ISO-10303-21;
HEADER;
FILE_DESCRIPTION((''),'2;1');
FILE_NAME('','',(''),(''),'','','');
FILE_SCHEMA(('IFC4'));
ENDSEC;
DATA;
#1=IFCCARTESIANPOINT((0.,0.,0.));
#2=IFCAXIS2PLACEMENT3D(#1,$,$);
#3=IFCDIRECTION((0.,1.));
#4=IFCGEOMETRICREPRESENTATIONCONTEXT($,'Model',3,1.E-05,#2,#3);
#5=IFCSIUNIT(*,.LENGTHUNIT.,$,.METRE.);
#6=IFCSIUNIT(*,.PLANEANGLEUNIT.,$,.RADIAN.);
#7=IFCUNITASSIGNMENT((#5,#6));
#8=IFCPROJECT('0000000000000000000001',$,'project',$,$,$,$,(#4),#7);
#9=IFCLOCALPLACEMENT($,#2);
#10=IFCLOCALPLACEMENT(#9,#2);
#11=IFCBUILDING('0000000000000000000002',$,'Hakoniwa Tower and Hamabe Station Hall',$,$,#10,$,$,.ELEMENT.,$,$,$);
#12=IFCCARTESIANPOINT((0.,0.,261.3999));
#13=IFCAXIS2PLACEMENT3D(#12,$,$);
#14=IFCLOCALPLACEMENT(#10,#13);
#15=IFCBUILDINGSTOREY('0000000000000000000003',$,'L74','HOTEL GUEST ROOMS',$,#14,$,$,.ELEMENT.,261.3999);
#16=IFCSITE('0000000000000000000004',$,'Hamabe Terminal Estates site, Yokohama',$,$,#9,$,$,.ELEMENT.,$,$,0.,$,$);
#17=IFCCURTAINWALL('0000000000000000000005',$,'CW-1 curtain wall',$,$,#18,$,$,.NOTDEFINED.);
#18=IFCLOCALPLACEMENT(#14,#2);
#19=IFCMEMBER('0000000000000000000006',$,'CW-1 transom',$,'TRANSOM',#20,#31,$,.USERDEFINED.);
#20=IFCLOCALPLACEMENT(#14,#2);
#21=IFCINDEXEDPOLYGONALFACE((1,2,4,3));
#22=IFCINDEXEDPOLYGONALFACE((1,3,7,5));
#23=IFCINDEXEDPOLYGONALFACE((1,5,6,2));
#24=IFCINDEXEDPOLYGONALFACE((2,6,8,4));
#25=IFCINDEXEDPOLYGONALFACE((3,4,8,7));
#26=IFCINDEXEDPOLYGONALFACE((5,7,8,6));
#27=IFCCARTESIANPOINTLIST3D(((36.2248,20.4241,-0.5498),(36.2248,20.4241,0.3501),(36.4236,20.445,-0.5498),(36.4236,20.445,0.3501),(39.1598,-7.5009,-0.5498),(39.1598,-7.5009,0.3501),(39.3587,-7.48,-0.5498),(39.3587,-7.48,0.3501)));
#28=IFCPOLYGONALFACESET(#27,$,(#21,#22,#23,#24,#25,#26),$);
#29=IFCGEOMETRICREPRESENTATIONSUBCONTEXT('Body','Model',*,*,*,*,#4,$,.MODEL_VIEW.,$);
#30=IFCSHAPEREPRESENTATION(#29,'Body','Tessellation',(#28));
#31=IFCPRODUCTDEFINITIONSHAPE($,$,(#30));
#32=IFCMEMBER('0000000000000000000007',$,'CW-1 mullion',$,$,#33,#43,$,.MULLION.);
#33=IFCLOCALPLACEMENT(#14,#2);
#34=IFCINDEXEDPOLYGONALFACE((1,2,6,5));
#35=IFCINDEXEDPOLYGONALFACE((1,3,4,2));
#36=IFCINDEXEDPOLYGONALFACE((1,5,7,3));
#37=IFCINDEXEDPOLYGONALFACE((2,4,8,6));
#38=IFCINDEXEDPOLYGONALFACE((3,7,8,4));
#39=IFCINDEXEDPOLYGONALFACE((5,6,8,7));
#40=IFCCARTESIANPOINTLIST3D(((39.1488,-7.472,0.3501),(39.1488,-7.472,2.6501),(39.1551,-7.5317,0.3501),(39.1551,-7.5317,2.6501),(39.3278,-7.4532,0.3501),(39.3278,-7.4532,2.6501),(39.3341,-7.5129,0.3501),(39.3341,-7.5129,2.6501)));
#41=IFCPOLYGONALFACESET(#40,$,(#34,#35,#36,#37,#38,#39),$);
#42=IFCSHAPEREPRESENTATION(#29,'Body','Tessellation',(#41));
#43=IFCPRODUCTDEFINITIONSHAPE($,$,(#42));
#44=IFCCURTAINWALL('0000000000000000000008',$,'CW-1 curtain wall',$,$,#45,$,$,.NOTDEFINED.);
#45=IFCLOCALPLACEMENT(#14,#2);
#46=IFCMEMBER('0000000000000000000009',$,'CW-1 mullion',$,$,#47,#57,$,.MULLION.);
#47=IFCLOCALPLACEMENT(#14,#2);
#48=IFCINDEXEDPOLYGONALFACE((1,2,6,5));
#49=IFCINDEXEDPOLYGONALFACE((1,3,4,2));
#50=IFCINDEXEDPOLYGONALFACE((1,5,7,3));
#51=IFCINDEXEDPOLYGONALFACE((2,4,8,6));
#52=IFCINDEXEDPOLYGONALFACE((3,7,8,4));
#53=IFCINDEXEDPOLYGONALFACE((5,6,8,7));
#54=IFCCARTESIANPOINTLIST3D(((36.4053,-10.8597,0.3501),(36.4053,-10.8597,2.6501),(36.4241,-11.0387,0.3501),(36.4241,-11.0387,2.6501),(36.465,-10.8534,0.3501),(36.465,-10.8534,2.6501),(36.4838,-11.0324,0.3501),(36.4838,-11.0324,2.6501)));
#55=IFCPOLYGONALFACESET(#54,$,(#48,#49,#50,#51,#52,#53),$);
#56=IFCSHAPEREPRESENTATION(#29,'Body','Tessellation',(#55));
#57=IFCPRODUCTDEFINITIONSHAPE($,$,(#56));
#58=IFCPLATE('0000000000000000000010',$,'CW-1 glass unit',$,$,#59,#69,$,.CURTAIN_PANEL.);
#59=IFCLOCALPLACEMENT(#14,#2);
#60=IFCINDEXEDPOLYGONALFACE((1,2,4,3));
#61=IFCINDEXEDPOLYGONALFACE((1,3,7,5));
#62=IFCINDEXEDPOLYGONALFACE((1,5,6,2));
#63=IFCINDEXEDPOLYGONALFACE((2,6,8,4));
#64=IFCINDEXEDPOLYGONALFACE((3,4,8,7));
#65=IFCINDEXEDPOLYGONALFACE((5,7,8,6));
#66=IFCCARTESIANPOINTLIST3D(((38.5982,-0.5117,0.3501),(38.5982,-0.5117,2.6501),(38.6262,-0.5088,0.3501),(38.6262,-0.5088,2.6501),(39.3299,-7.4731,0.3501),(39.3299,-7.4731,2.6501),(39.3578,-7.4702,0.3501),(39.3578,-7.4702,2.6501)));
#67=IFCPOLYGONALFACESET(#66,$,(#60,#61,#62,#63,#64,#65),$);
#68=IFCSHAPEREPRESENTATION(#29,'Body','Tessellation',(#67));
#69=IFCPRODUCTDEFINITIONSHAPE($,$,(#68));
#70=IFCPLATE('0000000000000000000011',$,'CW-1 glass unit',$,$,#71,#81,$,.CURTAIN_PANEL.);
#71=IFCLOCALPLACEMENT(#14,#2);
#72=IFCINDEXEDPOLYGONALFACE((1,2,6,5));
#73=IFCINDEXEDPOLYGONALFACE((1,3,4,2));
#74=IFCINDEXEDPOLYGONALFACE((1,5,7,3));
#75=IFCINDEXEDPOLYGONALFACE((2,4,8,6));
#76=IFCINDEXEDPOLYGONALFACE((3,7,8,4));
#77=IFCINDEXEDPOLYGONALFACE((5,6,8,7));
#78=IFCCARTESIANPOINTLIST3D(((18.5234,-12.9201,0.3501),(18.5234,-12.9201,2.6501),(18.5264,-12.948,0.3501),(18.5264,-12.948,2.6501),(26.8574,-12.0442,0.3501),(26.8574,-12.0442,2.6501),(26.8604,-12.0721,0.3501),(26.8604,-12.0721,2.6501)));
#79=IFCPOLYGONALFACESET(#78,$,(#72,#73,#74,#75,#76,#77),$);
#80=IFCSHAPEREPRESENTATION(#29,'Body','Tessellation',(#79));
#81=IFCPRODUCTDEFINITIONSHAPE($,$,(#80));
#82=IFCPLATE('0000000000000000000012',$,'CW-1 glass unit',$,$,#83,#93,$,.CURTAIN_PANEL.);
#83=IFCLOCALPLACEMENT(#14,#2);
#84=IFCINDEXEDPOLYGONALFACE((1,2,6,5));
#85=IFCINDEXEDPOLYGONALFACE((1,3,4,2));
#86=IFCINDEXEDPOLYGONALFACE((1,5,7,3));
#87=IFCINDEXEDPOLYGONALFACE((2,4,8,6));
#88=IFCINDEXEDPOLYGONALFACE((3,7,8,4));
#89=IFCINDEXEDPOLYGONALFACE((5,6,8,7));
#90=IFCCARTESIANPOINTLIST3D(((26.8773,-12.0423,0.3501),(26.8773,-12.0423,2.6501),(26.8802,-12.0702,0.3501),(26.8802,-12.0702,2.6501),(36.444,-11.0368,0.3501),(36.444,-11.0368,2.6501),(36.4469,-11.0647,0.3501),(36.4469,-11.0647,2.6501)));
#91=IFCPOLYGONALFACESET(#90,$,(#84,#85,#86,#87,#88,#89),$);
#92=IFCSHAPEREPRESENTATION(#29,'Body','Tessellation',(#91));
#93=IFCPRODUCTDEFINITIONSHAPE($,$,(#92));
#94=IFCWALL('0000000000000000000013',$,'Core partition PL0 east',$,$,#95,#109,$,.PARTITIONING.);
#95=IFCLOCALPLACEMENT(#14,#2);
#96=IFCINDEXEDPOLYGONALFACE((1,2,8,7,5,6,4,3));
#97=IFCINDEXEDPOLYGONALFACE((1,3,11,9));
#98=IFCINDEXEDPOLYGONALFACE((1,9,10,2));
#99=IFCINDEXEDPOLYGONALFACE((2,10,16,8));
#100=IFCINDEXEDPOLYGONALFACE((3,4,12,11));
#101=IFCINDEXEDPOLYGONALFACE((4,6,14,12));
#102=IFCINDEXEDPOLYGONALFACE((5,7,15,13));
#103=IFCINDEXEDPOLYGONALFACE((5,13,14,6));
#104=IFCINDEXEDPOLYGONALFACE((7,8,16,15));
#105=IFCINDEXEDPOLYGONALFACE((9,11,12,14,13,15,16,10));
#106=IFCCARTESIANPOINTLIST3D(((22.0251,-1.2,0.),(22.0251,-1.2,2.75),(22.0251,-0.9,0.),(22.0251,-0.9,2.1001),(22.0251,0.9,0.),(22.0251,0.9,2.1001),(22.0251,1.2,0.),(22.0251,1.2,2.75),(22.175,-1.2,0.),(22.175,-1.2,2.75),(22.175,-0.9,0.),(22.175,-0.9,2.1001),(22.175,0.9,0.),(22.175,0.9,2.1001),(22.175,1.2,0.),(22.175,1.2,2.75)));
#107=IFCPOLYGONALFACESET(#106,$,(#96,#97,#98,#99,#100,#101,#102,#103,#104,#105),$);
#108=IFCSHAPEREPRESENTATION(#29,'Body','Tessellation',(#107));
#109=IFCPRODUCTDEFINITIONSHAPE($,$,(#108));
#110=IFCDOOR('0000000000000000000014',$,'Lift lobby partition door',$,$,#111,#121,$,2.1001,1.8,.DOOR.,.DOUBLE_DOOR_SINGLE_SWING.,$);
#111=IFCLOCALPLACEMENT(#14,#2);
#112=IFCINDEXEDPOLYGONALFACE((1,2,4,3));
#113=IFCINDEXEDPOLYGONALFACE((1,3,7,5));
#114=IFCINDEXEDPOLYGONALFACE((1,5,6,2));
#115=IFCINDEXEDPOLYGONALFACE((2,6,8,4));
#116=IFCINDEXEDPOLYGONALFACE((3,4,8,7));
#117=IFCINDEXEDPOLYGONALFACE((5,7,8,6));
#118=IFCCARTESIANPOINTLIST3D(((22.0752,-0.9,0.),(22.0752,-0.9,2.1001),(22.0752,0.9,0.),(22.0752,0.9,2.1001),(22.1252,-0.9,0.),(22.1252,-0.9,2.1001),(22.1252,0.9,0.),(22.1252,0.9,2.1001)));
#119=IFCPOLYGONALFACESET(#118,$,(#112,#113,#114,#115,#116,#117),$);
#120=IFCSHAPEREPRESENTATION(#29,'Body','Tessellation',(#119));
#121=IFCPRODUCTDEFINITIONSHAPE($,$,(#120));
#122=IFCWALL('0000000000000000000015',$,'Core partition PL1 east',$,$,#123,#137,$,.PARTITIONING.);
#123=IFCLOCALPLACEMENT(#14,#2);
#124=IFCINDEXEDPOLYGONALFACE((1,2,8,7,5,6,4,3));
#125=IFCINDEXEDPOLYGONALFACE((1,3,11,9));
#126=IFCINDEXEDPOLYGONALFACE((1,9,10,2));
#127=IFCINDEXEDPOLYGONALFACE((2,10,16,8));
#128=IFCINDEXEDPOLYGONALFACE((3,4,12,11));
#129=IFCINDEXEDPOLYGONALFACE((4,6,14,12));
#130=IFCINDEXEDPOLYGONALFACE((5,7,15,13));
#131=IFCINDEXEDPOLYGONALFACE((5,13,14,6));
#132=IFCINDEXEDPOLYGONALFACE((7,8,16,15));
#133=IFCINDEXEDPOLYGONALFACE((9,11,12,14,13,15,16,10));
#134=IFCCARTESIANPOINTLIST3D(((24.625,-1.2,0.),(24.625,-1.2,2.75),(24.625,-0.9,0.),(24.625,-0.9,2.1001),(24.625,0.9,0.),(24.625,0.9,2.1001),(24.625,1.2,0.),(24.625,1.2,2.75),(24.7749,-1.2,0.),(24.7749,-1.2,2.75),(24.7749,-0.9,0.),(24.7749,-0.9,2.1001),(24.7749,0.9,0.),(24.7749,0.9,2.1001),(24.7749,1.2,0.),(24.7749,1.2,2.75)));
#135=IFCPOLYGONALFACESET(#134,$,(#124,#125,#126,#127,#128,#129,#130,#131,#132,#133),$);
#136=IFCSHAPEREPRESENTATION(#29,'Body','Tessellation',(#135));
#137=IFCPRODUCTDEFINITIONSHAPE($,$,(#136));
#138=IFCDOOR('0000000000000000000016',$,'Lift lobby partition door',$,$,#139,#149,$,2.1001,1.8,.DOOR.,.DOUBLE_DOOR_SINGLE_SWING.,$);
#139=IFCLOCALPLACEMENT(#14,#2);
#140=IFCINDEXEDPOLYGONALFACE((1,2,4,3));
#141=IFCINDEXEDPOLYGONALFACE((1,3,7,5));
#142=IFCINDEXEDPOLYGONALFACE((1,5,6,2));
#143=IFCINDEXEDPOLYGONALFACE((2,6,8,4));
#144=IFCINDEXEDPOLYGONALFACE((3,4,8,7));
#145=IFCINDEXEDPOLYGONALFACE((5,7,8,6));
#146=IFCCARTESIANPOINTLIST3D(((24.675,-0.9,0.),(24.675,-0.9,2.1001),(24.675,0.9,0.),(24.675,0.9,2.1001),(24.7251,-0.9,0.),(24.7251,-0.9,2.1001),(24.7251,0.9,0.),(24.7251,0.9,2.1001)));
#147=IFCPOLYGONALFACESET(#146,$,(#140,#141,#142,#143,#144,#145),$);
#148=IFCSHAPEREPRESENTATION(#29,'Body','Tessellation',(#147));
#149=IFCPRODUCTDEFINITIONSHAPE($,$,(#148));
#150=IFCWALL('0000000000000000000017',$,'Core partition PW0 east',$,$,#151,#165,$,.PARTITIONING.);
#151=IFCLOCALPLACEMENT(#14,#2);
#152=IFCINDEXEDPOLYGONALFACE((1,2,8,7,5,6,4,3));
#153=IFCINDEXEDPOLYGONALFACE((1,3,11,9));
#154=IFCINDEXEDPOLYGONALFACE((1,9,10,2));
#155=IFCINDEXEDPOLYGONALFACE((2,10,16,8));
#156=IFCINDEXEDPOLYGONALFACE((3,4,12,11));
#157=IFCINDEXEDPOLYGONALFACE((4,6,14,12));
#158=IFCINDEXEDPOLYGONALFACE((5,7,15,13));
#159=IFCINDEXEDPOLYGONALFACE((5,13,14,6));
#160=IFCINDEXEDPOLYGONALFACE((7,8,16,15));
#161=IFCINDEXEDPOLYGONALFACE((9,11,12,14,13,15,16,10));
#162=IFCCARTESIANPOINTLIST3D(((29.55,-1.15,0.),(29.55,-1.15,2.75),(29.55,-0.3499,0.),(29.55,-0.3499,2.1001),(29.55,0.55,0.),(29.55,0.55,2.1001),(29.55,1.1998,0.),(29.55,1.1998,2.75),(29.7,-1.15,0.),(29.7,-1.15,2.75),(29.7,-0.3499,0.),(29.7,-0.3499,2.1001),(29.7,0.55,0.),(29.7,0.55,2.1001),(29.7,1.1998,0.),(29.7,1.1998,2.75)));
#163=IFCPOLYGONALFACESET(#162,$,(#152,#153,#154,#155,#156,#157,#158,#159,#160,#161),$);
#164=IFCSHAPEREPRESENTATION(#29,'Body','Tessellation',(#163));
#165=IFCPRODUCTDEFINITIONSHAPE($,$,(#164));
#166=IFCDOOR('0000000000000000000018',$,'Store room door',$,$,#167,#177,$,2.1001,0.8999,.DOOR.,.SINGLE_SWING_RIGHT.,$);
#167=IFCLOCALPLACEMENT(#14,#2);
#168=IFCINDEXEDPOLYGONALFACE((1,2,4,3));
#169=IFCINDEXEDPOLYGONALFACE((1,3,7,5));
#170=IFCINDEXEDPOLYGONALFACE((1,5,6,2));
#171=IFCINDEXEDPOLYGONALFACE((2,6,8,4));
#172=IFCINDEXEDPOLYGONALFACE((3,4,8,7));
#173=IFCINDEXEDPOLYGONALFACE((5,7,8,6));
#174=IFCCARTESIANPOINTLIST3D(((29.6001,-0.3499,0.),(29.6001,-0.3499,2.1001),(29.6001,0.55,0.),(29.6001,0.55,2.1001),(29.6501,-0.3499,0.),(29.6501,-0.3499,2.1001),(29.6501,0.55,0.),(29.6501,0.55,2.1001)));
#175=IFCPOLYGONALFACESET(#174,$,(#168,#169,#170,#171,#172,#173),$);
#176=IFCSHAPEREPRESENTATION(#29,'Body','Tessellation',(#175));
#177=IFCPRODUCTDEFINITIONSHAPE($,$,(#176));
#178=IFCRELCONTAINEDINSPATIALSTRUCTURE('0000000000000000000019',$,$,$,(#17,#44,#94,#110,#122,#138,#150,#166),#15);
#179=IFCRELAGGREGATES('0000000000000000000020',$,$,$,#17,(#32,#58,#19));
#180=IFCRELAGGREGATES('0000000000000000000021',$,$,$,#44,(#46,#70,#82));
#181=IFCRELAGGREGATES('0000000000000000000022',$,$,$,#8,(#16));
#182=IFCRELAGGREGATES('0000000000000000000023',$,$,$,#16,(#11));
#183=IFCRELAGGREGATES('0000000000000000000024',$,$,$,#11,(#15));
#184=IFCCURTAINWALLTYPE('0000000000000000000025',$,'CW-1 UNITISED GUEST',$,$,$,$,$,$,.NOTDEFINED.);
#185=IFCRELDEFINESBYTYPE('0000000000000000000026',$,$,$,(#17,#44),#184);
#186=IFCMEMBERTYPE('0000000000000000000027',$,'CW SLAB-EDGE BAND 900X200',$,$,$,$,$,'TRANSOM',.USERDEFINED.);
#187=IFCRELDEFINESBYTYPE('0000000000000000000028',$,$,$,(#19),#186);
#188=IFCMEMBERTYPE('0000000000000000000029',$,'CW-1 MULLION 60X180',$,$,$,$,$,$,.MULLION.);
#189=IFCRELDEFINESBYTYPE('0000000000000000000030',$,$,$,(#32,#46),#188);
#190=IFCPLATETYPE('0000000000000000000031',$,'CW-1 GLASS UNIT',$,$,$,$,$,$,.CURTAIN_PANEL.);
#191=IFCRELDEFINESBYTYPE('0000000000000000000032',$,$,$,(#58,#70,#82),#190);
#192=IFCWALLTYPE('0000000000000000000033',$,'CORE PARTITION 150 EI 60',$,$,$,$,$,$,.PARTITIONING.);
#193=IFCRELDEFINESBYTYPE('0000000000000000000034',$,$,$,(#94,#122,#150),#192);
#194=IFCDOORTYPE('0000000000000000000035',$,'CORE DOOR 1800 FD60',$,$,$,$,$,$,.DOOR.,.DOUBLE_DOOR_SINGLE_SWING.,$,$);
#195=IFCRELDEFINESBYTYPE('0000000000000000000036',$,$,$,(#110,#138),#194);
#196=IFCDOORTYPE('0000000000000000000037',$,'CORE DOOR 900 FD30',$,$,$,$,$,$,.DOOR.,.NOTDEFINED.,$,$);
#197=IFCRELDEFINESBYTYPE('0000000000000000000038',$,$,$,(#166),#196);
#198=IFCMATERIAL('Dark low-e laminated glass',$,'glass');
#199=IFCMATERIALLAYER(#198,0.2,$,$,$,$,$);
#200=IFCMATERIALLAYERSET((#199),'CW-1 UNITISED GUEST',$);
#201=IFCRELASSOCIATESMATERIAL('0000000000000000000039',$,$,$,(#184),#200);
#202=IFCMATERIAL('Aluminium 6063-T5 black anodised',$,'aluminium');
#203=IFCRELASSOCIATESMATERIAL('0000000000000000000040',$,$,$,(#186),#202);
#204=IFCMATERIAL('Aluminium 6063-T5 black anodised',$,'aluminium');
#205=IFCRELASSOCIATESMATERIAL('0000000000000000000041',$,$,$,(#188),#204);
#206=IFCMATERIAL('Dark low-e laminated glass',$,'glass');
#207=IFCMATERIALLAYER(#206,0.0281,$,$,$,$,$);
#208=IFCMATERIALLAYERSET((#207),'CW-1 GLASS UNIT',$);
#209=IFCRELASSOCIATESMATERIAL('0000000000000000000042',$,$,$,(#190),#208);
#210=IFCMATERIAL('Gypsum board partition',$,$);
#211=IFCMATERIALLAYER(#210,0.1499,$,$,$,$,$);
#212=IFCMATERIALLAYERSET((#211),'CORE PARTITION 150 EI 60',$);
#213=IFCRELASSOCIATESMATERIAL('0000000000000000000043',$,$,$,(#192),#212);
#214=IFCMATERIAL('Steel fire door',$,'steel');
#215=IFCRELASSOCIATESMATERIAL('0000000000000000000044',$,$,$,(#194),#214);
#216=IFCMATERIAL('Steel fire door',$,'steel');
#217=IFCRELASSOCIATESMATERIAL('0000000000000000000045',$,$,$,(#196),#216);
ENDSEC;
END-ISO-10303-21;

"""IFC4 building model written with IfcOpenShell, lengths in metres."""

from ifc_helpers import new_model, si_unit, direction, frame, frame_2d, origin, origin_2d, place, context, subcontext, project, spatial, rectangle, extrude, material, layer, layer_set, material_profile, profile_set, type_object, element, fill, aggregate, save


model = new_model("IFC4")

# Units and contexts
model_context = context("Model", 3, precision=1e-05, world=origin(), true_north=direction((0.0, 1.0)))
body_context = subcontext(model_context, "Body", "Model", "MODEL_VIEW")
ifc_project = project(units=[si_unit("LENGTHUNIT", "METRE"), si_unit("PLANEANGLEUNIT", "RADIAN")], contexts=[model_context])

# Site, building, storey
site_placement = place(None, origin())
site = spatial("IfcSite", under=ifc_project, at=site_placement, Name="Hamabe Terminal Estates site, Yokohama", CompositionType="ELEMENT", RefElevation=0.0)
building_placement = place(site_placement, origin())
building = spatial("IfcBuilding", under=site, at=building_placement, Name="Hakoniwa Tower and Hamabe Station Hall", CompositionType="ELEMENT")
storey_placement = place(building_placement, frame((0.0, 0.0, 261.3999)))
storey = spatial("IfcBuildingStorey", under=building, at=storey_placement, Name="L74", Description="HOTEL GUEST ROOMS", CompositionType="ELEMENT", Elevation=261.3999)

# Curtain wall, members
ifc_material_1 = material(Name="Dark low-e laminated glass", Category="glass")
ifc_layer_1 = layer(ifc_material_1, 0.2)
ifc_layer_set_1 = layer_set([ifc_layer_1], Name="CW-1 UNITISED GUEST")
curtain_wall_type = type_object("IfcCurtainWallType", Name="CW-1 UNITISED GUEST", PredefinedType="NOTDEFINED", material=ifc_layer_set_1)
curtain_wall_1_placement = place(storey_placement, origin())
curtain_wall_1 = element("IfcCurtainWall", 1, at=curtain_wall_1_placement, inside=storey, type_object=curtain_wall_type, Name="CW-1 curtain wall", PredefinedType="NOTDEFINED")
ifc_material_2 = material(Name="Aluminium 6063-T5 black anodised", Category="aluminium")
ifc_material_profile_1 = material_profile(ifc_material_2, rectangle(XDim=0.2, YDim=0.8999, at=origin_2d()), Name="CW SLAB-EDGE BAND 900X200")
ifc_profile_set_1 = profile_set([ifc_material_profile_1], Name="Aluminium 6063-T5 black anodised")
member_type_1 = type_object("IfcMemberType", Name="CW SLAB-EDGE BAND 900X200", ElementType="TRANSOM", PredefinedType="USERDEFINED", material=ifc_profile_set_1)
member_1_placement = place(storey_placement, frame((39.2593, -7.4905, -0.0999), z_axis=(-0.104529, 0.994522, 0.0), x_axis=(-0.994522, -0.104529, 0.0)))
member_1 = element("IfcMember", 2, at=member_1_placement, type_object=member_type_1, Name="CW-1 transom", ObjectType="TRANSOM", PredefinedType="USERDEFINED", context=body_context, shape_type="SweptSolid", body=[
    extrude(rectangle(XDim=0.2, YDim=0.8999, at=origin_2d()), origin(), (0.0, 0.0, 1.0), 28.0789),
])
ifc_material_3 = material(Name="Aluminium 6063-T5 black anodised", Category="aluminium")
ifc_material_profile_2 = material_profile(ifc_material_3, rectangle(XDim=0.0601, YDim=0.1799, at=origin_2d()), Name="CW-1 MULLION 60X180")
ifc_profile_set_2 = profile_set([ifc_material_profile_2], Name="Aluminium 6063-T5 black anodised")
member_type_2 = type_object("IfcMemberType", Name="CW-1 MULLION 60X180", PredefinedType="MULLION", material=ifc_profile_set_2)
member_2_placement = place(storey_placement, frame((39.2415, -7.4924, 0.3501), z_axis=(0.0, 0.0, 1.0), x_axis=(-0.104528, 0.994522, 0.0)))
member_2 = element("IfcMember", 3, at=member_2_placement, type_object=member_type_2, Name="CW-1 mullion", PredefinedType="MULLION", context=body_context, shape_type="SweptSolid", body=[
    extrude(rectangle(XDim=0.0601, YDim=0.1799, at=origin_2d()), origin(), (0.0, 0.0, 1.0), 2.3),
])

# Curtain wall, member
curtain_wall_2_placement = place(storey_placement, origin())
curtain_wall_2 = element("IfcCurtainWall", 4, at=curtain_wall_2_placement, inside=storey, type_object=curtain_wall_type, Name="CW-1 curtain wall", PredefinedType="NOTDEFINED")
member_3_placement = place(storey_placement, frame((36.4446, -10.946, 0.3501), z_axis=(0.0, 0.0, 1.0), x_axis=(0.994522, 0.104528, 0.0)))
member_3 = element("IfcMember", 5, at=member_3_placement, type_object=member_type_2, Name="CW-1 mullion", PredefinedType="MULLION", context=body_context, shape_type="SweptSolid", body=[
    extrude(rectangle(XDim=0.0601, YDim=0.1799, at=origin_2d()), origin(), (0.0, 0.0, 1.0), 2.3),
])

# Plates
ifc_material_4 = material(Name="Dark low-e laminated glass", Category="glass")
ifc_layer_2 = layer(ifc_material_4, 0.0281)
ifc_layer_set_2 = layer_set([ifc_layer_2], Name="CW-1 GLASS UNIT")
plate_type = type_object("IfcPlateType", Name="CW-1 GLASS UNIT", PredefinedType="CURTAIN_PANEL", material=ifc_layer_set_2)
plate_1_placement = place(storey_placement, frame((38.978, -3.991, 0.3501), z_axis=(0.0, 0.0, 1.0), x_axis=(-0.104528, 0.994522, 0.0)))
plate_1 = element("IfcPlate", 6, at=plate_1_placement, type_object=plate_type, Name="CW-1 glass unit", PredefinedType="CURTAIN_PANEL", context=body_context, shape_type="SweptSolid", body=[
    extrude(rectangle(XDim=6.9998, YDim=0.0281, at=origin_2d()), origin(), (0.0, 0.0, 1.0), 2.3),
])
aggregate(curtain_wall_1, [member_2, plate_1, member_1])
plate_2_placement = place(storey_placement, frame((22.6919, -12.4961, 0.3501), z_axis=(0.0, 0.0, 1.0), x_axis=(0.994522, 0.104528, 0.0)))
plate_2 = element("IfcPlate", 7, at=plate_2_placement, type_object=plate_type, Name="CW-1 glass unit", PredefinedType="CURTAIN_PANEL", context=body_context, shape_type="SweptSolid", body=[
    extrude(rectangle(XDim=8.3799, YDim=0.0281, at=origin_2d()), origin(), (0.0, 0.0, 1.0), 2.3),
])
plate_3_placement = place(storey_placement, frame((31.6621, -11.5535, 0.3501), z_axis=(0.0, 0.0, 1.0), x_axis=(0.994522, 0.104528, 0.0)))
plate_3 = element("IfcPlate", 8, at=plate_3_placement, type_object=plate_type, Name="CW-1 glass unit", PredefinedType="CURTAIN_PANEL", context=body_context, shape_type="SweptSolid", body=[
    extrude(rectangle(XDim=9.6194, YDim=0.0281, at=origin_2d()), origin(), (0.0, 0.0, 1.0), 2.3),
])
aggregate(curtain_wall_2, [member_3, plate_2, plate_3])

# Walls, openings, doors
ifc_material_5 = material(Name="Gypsum board partition")
ifc_layer_3 = layer(ifc_material_5, 0.1499)
ifc_layer_set_3 = layer_set([ifc_layer_3], Name="CORE PARTITION 150 EI 60")
wall_type_1 = type_object("IfcWallType", Name="CORE PARTITION 150 EI 60", PredefinedType="PARTITIONING", material=ifc_layer_set_3)
wall_1_placement = place(storey_placement, frame((22.1001, -1.2, 0.0), z_axis=(0.0, 0.0, 1.0), x_axis=(0.0, 1.0, 0.0)))
wall_1 = element("IfcWall", 9, at=wall_1_placement, inside=storey, type_object=wall_type_1, Name="Core partition PL0 east", PredefinedType="PARTITIONING", context=body_context, shape_type="SweptSolid", body=[
    extrude(rectangle(XDim=2.3999, YDim=0.1499, at=frame_2d((1.2, 0.0))), origin(), (0.0, 0.0, 1.0), 2.75),
])
opening_1_placement = place(wall_1_placement, frame((0.3, 0.0, 0.0)))
opening_1 = element("IfcOpeningElement", 10, at=opening_1_placement, cuts=wall_1, PredefinedType="OPENING", context=body_context, shape_type="SweptSolid", body=[
    extrude(rectangle(XDim=1.8, YDim=2.1001, at=frame_2d((0.8999, 1.05))), frame((0.0, 0.085, 0.0), z_axis=(0.0, -1.0, 0.0), x_axis=(1.0, 0.0, 0.0)), (0.0, 0.0, 1.0), 0.1699),
])
ifc_material_6 = material(Name="Steel fire door", Category="steel")
door_type_1 = type_object("IfcDoorType", Name="CORE DOOR 1800 FD60", OperationType="DOUBLE_DOOR_SINGLE_SWING", PredefinedType="DOOR", material=ifc_material_6)
door_1_placement = place(opening_1_placement, origin())
door_1 = element("IfcDoor", 11, at=door_1_placement, inside=storey, type_object=door_type_1, Name="Lift lobby partition door", OperationType="DOUBLE_DOOR_SINGLE_SWING", OverallHeight=2.1001, OverallWidth=1.8, PredefinedType="DOOR", context=body_context, shape_type="SweptSolid", body=[
    extrude(rectangle(XDim=1.8, YDim=2.1001, at=frame_2d((0.8999, 1.05))), frame((0.0, 0.0249, 0.0), z_axis=(0.0, -1.0, 0.0), x_axis=(1.0, 0.0, 0.0)), (0.0, 0.0, 1.0), 0.05),
])
fill(opening_1, door_1)
wall_2_placement = place(storey_placement, frame((24.7, -1.2, 0.0), z_axis=(0.0, 0.0, 1.0), x_axis=(0.0, 1.0, 0.0)))
wall_2 = element("IfcWall", 12, at=wall_2_placement, inside=storey, type_object=wall_type_1, Name="Core partition PL1 east", PredefinedType="PARTITIONING", context=body_context, shape_type="SweptSolid", body=[
    extrude(rectangle(XDim=2.3999, YDim=0.1499, at=frame_2d((1.2, 0.0))), origin(), (0.0, 0.0, 1.0), 2.75),
])
opening_2_placement = place(wall_2_placement, frame((0.3, 0.0, 0.0)))
opening_2 = element("IfcOpeningElement", 13, at=opening_2_placement, cuts=wall_2, PredefinedType="OPENING", context=body_context, shape_type="SweptSolid", body=[
    extrude(rectangle(XDim=1.8, YDim=2.1001, at=frame_2d((0.8999, 1.05))), frame((0.0, 0.085, 0.0), z_axis=(0.0, -1.0, 0.0), x_axis=(1.0, 0.0, 0.0)), (0.0, 0.0, 1.0), 0.1699),
])
door_2_placement = place(opening_2_placement, origin())
door_2 = element("IfcDoor", 14, at=door_2_placement, inside=storey, type_object=door_type_1, Name="Lift lobby partition door", OperationType="DOUBLE_DOOR_SINGLE_SWING", OverallHeight=2.1001, OverallWidth=1.8, PredefinedType="DOOR", context=body_context, shape_type="SweptSolid", body=[
    extrude(rectangle(XDim=1.8, YDim=2.1001, at=frame_2d((0.8999, 1.05))), frame((0.0, 0.0249, 0.0), z_axis=(0.0, -1.0, 0.0), x_axis=(1.0, 0.0, 0.0)), (0.0, 0.0, 1.0), 0.05),
])
fill(opening_2, door_2)
wall_3_placement = place(storey_placement, frame((29.625, -1.1499, 0.0), z_axis=(0.0, 0.0, 1.0), x_axis=(0.0, 1.0, 0.0)))
wall_3 = element("IfcWall", 15, at=wall_3_placement, inside=storey, type_object=wall_type_1, Name="Core partition PW0 east", PredefinedType="PARTITIONING", context=body_context, shape_type="SweptSolid", body=[
    extrude(rectangle(XDim=2.3499, YDim=0.1499, at=frame_2d((1.1748, 0.0))), origin(), (0.0, 0.0, 1.0), 2.75),
])
opening_3_placement = place(wall_3_placement, frame((0.8, 0.0, 0.0)))
opening_3 = element("IfcOpeningElement", 16, at=opening_3_placement, cuts=wall_3, PredefinedType="OPENING", context=body_context, shape_type="SweptSolid", body=[
    extrude(rectangle(XDim=0.8999, YDim=2.1001, at=frame_2d((0.45, 1.05))), frame((0.0, 0.085, 0.0), z_axis=(0.0, -1.0, 0.0), x_axis=(1.0, 0.0, 0.0)), (0.0, 0.0, 1.0), 0.1699),
])
ifc_material_7 = material(Name="Steel fire door", Category="steel")
door_type_2 = type_object("IfcDoorType", Name="CORE DOOR 900 FD30", OperationType="NOTDEFINED", PredefinedType="DOOR", material=ifc_material_7)
door_3_placement = place(opening_3_placement, origin())
door_3 = element("IfcDoor", 17, at=door_3_placement, inside=storey, type_object=door_type_2, Name="Store room door", OperationType="SINGLE_SWING_RIGHT", OverallHeight=2.1001, OverallWidth=0.8999, PredefinedType="DOOR", context=body_context, shape_type="SweptSolid", body=[
    extrude(rectangle(XDim=0.8999, YDim=2.1001, at=frame_2d((0.45, 1.05))), frame((0.0, 0.0249, 0.0), z_axis=(0.0, -1.0, 0.0), x_axis=(1.0, 0.0, 0.0)), (0.0, 0.0, 1.0), 0.05),
])
fill(opening_3, door_3)

save(model, "model.ifc")
